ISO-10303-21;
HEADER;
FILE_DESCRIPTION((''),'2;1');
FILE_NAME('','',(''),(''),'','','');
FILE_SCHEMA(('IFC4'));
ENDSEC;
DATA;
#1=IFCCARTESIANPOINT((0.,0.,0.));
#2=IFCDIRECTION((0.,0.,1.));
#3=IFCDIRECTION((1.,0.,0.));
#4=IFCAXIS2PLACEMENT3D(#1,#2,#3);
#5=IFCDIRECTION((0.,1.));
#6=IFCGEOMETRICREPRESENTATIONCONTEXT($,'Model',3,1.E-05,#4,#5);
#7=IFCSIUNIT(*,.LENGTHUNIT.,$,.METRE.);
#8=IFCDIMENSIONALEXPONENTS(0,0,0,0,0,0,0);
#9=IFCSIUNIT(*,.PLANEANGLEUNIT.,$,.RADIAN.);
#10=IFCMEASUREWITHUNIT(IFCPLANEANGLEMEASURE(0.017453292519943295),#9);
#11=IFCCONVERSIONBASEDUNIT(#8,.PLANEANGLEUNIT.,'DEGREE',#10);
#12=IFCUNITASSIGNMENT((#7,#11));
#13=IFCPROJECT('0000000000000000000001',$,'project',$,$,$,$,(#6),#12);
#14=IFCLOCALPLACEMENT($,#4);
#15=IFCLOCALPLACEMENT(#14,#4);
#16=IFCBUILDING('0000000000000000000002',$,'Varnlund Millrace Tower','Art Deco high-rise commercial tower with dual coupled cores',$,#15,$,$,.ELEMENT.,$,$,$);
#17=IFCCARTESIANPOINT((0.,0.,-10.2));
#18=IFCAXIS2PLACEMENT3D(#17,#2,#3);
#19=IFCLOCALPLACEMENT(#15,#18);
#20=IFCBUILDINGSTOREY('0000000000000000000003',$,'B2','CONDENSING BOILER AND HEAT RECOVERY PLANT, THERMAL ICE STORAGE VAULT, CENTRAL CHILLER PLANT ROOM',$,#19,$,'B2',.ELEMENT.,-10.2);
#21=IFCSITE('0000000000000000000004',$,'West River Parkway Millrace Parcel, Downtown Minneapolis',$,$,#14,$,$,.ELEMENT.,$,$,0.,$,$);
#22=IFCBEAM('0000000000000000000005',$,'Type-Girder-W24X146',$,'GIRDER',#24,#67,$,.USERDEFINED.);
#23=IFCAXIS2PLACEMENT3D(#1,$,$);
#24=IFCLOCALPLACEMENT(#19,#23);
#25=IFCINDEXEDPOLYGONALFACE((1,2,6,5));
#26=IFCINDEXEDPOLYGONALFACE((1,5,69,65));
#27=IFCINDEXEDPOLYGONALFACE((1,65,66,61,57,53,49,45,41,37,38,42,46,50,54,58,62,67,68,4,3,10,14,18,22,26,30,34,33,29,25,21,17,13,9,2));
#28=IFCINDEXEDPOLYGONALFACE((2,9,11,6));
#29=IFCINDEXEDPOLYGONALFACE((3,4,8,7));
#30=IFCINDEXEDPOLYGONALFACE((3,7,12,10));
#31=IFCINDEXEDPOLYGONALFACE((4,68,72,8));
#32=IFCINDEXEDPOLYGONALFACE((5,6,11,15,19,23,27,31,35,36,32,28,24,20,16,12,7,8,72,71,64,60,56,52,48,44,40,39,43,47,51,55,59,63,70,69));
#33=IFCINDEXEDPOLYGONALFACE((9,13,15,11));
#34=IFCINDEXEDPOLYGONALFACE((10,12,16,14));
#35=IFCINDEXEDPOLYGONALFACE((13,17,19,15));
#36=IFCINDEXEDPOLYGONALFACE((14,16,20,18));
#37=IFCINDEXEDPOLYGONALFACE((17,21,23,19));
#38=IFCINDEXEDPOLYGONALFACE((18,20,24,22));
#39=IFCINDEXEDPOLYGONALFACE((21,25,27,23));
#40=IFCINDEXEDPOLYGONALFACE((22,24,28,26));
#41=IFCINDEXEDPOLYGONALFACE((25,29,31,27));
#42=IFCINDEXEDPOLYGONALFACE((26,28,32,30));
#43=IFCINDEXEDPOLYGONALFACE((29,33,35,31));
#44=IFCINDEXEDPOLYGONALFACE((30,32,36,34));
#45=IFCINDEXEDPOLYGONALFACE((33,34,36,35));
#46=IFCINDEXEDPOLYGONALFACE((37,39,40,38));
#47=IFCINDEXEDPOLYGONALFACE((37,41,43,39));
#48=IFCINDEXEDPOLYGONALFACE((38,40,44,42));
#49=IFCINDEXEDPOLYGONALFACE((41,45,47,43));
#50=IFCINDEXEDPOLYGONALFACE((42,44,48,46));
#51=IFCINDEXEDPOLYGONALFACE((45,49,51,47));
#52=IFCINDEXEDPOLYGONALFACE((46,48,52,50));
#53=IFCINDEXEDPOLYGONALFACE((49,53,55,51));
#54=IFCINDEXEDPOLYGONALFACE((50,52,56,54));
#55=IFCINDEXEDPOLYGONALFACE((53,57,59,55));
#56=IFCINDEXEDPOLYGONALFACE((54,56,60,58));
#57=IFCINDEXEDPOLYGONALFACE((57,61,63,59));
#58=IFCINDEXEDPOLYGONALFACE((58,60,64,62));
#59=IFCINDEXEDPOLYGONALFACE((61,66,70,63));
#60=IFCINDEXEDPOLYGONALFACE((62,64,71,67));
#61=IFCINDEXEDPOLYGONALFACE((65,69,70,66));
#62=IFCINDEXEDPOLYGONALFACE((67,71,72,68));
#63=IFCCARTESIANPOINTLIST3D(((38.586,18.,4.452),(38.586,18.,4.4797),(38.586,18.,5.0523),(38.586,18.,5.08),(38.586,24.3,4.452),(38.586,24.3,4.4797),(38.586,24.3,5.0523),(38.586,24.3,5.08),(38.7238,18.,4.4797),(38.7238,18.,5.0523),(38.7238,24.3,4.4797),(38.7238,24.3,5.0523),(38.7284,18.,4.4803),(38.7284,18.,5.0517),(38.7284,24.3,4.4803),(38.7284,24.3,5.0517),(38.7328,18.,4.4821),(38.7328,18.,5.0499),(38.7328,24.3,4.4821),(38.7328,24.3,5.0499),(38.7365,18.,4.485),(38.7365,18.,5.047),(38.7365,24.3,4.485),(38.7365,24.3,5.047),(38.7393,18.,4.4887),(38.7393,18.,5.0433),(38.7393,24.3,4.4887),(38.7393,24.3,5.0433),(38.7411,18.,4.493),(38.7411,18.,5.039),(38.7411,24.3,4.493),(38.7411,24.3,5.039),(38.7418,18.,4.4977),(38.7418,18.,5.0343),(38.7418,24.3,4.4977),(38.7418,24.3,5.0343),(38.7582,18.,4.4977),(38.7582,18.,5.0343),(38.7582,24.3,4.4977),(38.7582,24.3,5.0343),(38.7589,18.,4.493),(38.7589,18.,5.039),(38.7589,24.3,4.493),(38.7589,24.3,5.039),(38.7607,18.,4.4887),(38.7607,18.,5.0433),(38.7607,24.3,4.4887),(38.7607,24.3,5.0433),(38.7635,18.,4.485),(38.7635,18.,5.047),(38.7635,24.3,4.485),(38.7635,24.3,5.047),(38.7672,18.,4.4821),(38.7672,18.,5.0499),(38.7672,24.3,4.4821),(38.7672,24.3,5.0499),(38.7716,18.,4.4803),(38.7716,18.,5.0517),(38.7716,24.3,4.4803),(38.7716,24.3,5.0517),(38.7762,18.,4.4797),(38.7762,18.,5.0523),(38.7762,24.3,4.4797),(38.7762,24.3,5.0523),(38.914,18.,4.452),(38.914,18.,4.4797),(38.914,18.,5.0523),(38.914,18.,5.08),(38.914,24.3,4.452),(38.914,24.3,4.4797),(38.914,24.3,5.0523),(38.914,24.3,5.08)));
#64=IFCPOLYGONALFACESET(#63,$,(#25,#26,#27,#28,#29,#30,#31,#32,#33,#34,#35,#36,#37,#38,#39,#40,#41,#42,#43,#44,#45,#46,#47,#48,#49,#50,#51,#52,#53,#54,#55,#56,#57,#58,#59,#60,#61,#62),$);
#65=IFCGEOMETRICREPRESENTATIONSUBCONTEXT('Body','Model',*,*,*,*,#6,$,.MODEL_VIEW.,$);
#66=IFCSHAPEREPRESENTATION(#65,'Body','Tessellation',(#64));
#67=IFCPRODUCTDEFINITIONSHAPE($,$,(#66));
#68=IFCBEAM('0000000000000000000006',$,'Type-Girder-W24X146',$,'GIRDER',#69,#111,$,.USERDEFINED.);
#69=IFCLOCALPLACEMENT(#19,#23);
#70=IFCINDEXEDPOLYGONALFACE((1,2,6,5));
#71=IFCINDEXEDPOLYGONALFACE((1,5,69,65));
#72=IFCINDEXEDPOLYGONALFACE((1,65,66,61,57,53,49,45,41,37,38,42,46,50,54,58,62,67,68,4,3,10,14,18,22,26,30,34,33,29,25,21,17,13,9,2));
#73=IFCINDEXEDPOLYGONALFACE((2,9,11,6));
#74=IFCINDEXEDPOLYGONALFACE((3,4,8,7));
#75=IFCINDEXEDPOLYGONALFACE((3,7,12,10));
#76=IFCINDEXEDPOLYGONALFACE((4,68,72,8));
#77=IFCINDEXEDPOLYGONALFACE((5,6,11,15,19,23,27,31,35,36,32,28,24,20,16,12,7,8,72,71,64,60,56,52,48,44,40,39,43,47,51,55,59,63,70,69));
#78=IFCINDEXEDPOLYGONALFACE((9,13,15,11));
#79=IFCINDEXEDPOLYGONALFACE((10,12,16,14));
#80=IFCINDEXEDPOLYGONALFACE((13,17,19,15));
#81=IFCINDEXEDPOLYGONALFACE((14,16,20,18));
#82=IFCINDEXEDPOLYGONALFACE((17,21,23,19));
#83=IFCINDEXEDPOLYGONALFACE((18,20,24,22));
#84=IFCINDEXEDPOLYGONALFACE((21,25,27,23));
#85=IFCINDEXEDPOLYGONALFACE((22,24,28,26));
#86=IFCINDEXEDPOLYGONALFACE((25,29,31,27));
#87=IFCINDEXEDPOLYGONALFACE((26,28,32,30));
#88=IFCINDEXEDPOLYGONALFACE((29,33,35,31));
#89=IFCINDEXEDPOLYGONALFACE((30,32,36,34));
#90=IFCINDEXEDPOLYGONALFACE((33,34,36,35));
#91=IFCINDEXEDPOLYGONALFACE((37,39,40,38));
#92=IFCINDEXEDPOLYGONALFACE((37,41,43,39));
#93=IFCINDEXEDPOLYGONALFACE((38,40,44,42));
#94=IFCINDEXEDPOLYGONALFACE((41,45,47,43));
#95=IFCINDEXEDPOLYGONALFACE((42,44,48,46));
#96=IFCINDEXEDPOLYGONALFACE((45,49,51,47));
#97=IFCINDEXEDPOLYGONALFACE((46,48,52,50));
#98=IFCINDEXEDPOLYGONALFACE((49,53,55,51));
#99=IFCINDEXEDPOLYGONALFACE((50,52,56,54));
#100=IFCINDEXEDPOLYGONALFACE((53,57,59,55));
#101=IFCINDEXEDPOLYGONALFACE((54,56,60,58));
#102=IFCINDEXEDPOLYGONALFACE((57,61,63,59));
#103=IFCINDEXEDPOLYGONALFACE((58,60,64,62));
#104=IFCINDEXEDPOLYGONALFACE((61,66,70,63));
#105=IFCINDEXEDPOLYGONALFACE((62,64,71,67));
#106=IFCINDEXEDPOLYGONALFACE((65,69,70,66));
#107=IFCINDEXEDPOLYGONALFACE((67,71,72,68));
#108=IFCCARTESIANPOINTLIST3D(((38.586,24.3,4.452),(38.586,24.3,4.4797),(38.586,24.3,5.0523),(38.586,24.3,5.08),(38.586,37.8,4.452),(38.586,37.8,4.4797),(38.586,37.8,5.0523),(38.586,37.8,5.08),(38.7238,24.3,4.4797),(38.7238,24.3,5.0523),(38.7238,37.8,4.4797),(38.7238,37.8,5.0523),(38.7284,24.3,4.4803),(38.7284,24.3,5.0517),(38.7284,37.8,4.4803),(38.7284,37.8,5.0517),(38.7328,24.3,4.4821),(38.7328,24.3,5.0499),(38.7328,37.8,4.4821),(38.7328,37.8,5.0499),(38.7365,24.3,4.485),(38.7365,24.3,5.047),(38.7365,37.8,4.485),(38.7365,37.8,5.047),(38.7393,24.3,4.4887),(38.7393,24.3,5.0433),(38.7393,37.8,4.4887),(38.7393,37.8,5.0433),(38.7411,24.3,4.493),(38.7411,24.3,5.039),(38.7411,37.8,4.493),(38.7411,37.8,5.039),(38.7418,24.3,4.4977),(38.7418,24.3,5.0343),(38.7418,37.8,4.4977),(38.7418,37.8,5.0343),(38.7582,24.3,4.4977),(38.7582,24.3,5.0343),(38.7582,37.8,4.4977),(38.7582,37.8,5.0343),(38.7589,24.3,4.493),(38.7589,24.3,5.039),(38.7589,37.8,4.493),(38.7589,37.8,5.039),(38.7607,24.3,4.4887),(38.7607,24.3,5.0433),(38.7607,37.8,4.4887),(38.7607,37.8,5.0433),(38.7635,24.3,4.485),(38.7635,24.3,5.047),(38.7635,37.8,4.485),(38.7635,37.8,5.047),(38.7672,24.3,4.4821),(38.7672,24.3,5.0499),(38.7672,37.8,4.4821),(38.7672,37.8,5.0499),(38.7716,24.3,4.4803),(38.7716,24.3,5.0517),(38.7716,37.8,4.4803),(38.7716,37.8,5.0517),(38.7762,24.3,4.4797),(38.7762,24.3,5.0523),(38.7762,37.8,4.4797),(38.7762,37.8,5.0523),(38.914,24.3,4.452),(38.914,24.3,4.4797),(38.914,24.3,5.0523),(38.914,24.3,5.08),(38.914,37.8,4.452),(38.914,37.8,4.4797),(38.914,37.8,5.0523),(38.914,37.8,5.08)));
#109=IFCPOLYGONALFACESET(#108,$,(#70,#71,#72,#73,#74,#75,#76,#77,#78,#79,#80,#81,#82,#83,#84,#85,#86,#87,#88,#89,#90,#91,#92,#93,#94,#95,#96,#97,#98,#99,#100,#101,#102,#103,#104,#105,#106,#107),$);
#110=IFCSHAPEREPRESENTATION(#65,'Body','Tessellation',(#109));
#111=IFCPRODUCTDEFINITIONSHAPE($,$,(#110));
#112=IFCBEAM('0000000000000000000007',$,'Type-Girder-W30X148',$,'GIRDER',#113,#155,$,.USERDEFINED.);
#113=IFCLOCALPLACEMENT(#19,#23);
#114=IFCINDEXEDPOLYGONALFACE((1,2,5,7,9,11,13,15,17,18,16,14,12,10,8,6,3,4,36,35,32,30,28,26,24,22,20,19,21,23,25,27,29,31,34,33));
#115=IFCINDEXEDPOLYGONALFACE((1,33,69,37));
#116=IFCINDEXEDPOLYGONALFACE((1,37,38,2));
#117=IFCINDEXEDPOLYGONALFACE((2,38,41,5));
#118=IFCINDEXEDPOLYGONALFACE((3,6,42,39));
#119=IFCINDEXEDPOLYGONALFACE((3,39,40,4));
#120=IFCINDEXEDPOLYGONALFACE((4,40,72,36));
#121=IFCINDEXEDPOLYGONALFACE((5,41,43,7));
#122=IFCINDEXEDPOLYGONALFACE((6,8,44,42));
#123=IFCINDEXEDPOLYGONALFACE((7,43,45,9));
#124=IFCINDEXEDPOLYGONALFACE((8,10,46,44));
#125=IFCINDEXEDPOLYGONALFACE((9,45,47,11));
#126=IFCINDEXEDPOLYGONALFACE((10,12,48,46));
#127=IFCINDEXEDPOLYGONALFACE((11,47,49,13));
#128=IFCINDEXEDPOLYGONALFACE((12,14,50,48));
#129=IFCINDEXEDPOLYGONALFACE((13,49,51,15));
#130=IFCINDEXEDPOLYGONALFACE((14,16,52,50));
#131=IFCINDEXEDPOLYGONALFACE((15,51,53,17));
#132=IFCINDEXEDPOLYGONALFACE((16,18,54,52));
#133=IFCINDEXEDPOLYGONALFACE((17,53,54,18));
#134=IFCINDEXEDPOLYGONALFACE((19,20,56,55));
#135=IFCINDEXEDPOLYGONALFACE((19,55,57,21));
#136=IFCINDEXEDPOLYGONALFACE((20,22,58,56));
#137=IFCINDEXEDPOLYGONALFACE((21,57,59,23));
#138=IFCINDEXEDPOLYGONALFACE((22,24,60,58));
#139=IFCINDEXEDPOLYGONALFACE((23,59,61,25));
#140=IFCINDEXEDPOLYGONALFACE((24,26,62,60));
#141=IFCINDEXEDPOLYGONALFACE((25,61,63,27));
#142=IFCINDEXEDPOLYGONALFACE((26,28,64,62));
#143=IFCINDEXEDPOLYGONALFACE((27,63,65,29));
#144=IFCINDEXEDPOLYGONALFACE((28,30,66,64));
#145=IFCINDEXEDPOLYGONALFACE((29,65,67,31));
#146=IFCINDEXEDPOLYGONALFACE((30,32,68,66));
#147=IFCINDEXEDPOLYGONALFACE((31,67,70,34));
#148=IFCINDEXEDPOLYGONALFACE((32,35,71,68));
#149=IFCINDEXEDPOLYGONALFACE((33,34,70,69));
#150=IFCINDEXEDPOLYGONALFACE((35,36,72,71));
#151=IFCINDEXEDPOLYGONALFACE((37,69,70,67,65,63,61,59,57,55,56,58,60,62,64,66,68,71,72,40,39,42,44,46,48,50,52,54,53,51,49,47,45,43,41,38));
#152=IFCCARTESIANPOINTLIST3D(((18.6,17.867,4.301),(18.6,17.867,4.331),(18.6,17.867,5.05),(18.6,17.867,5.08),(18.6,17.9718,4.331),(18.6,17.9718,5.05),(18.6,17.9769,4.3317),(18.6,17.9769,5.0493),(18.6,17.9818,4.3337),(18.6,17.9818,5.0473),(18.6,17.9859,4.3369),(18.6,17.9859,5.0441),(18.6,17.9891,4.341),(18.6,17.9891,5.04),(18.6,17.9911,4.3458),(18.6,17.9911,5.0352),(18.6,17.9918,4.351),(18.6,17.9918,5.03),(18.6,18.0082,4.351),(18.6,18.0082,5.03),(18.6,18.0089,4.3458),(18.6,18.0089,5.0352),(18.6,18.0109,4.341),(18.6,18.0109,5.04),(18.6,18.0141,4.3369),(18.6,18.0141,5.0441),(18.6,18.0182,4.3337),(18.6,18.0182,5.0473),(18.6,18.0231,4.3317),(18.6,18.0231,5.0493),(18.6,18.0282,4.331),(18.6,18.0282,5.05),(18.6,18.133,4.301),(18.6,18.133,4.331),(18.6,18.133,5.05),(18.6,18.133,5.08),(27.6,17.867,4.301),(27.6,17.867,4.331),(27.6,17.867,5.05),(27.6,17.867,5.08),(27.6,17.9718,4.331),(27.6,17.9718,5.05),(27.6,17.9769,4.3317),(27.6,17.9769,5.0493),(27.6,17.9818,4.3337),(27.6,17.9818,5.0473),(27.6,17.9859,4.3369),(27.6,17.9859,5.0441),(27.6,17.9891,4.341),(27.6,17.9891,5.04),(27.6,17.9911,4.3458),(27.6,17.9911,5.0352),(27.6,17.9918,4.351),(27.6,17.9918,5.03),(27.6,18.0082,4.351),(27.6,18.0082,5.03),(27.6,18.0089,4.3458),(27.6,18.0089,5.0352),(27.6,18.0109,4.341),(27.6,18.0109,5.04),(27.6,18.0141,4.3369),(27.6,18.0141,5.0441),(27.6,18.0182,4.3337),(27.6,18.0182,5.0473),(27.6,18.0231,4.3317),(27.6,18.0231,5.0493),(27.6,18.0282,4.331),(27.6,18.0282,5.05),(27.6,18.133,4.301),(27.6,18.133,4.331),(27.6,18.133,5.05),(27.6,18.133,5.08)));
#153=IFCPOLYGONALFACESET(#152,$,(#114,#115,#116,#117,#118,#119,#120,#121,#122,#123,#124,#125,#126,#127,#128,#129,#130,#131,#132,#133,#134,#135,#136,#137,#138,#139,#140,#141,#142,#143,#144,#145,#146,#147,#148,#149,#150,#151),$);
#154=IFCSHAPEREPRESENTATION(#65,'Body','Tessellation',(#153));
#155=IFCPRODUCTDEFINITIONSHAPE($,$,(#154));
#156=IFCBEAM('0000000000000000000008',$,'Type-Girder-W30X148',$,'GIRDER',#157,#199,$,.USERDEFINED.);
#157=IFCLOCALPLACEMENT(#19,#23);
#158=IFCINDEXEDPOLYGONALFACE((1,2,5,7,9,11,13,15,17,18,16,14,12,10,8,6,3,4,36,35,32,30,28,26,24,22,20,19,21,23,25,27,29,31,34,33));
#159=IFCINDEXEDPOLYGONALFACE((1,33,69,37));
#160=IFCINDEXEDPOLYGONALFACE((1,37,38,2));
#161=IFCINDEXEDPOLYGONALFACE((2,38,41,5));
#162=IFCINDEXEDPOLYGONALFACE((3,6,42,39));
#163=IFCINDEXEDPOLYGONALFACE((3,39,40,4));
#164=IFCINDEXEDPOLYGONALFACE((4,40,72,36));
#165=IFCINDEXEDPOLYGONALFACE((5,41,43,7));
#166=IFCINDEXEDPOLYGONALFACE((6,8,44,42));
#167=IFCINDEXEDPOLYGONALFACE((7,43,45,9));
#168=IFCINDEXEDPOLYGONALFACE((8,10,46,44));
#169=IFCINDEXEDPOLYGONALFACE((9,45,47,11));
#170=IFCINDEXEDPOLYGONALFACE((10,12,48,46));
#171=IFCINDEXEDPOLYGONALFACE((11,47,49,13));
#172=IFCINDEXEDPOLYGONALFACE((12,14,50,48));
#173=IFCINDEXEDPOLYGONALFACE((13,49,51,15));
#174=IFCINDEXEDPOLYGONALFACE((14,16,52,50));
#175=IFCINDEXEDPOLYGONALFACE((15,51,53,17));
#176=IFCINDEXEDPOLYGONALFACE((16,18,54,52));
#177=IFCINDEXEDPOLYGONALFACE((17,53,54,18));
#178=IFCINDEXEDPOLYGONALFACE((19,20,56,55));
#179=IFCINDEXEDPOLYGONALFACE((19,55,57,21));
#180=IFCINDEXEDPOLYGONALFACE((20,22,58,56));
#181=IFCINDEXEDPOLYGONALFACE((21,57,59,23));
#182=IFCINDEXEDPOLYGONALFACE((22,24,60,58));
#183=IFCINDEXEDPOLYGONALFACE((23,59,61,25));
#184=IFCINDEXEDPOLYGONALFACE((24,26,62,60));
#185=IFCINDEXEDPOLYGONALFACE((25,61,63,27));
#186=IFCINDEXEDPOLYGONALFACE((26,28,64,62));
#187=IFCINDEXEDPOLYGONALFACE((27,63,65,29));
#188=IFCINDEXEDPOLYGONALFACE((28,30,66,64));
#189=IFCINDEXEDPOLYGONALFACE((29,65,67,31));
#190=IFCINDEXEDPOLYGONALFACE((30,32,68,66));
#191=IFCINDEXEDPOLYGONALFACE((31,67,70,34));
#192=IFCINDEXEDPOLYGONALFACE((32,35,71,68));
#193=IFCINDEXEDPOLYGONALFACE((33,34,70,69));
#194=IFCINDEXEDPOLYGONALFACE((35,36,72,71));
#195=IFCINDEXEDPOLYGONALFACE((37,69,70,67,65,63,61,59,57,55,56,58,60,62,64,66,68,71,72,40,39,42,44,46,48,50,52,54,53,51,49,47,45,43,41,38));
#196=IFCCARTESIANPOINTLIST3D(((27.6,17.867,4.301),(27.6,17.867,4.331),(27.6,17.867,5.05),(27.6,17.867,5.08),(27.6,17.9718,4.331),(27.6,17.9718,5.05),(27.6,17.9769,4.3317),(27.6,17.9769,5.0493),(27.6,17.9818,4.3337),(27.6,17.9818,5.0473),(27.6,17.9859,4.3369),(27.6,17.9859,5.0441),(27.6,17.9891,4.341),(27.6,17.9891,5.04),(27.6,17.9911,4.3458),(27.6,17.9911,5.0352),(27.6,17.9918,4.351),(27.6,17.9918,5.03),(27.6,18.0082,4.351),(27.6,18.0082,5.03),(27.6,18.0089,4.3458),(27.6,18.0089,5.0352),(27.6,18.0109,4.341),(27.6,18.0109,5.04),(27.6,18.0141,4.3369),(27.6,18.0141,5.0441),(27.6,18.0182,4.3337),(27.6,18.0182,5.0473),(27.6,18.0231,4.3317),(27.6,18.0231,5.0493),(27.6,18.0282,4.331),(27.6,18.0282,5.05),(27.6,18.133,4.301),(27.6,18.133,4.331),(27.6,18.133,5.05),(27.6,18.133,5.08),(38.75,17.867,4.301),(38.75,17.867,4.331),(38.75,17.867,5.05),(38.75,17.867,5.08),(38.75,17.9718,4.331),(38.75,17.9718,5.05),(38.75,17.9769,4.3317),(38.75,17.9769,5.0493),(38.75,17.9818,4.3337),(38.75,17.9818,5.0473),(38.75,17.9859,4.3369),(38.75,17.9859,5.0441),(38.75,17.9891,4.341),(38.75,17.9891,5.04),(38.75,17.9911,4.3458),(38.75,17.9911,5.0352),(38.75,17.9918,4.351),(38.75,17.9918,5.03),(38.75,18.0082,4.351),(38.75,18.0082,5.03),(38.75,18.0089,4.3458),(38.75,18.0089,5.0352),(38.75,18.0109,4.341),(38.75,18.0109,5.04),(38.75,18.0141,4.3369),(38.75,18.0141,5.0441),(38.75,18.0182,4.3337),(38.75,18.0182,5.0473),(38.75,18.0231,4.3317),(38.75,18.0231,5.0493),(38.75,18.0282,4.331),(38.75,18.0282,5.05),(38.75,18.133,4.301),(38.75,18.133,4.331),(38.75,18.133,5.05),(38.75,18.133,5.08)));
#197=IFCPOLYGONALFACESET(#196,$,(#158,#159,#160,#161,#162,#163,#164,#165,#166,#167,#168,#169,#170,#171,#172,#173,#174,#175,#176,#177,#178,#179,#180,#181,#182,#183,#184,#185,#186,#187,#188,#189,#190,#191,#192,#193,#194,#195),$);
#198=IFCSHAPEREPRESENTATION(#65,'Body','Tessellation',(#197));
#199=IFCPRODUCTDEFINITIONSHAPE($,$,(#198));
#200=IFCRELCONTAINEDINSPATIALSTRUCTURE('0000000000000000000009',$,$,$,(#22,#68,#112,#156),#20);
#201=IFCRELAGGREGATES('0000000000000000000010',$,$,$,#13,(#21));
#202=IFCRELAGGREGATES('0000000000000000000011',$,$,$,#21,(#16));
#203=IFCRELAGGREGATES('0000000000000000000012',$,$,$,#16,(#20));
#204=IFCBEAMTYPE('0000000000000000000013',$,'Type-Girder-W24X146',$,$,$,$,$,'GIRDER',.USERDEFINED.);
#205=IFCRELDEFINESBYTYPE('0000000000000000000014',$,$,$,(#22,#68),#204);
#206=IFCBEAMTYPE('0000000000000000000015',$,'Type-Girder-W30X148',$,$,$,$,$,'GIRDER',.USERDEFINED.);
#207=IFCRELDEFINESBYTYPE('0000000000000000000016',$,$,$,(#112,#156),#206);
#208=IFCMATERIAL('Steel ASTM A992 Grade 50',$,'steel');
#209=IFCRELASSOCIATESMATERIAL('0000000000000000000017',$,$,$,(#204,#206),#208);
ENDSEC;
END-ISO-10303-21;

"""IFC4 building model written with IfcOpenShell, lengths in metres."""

from ifc_helpers import new_model, entity, si_unit, converted_unit, direction, frame, origin_with_axes, origin_2d_with_axis, place, context, subcontext, project, spatial, i_section, extrude, material, material_profile, profile_set, type_object, element, save


model = new_model("IFC4")

# Units and contexts
model_context = context("Model", 3, precision=1e-05, world=origin_with_axes(), true_north=direction((0.0, 1.0)))
body_context = subcontext(model_context, "Body", "Model", "MODEL_VIEW")
ifc_project = project(units=[si_unit("LENGTHUNIT", "METRE"), converted_unit("PLANEANGLEUNIT", "DEGREE", entity("IfcPlaneAngleMeasure", 0.017453292519943295), si_unit("PLANEANGLEUNIT", "RADIAN"), dimensions=[0, 0, 0, 0, 0, 0, 0])], contexts=[model_context])

# Site, building, storey
site_placement = place(None, origin_with_axes())
site = spatial("IfcSite", under=ifc_project, at=site_placement, Name="West River Parkway Millrace Parcel, Downtown Minneapolis", CompositionType="ELEMENT", RefElevation=0.0)
building_placement = place(site_placement, origin_with_axes())
building = spatial("IfcBuilding", under=site, at=building_placement, Name="Varnlund Millrace Tower", Description="Art Deco high-rise commercial tower with dual coupled cores", CompositionType="ELEMENT")
storey_placement = place(building_placement, frame((0.0, 0.0, -10.2), z_axis=(0.0, 0.0, 1.0), x_axis=(1.0, 0.0, 0.0)))
storey = spatial("IfcBuildingStorey", under=building, at=storey_placement, Name="B2", Description="CONDENSING BOILER AND HEAT RECOVERY PLANT, THERMAL ICE STORAGE VAULT, CENTRAL CHILLER PLANT ROOM", LongName="B2", CompositionType="ELEMENT", Elevation=-10.2)

# Beams
ifc_material_1 = material(Name="Steel ASTM A992 Grade 50", Category="steel")
ifc_material_profile_1 = material_profile(ifc_material_1, i_section(OverallWidth=0.328, OverallDepth=0.628, WebThickness=0.0165, FlangeThickness=0.0277, FilletRadius=0.018, at=origin_2d_with_axis()), Name="Steel ASTM A992 Grade 50")
ifc_profile_set_1 = profile_set([ifc_material_profile_1], Name="Steel ASTM A992 Grade 50")
beam_type_1 = type_object("IfcBeamType", Name="Type-Girder-W24X146", ElementType="GIRDER", PredefinedType="USERDEFINED", material=ifc_profile_set_1)
beam_1_placement = place(storey_placement, frame((38.75, 18.0, 4.766), z_axis=(0.0, 1.0, 0.0), x_axis=(-1.0, 0.0, 0.0)))
element("IfcBeam", 1, at=beam_1_placement, inside=storey, type_object=beam_type_1, Name="Type-Girder-W24X146", ObjectType="GIRDER", PredefinedType="USERDEFINED", context=body_context, shape_type="SweptSolid", body=[
    extrude(i_section(OverallWidth=0.328, OverallDepth=0.628, WebThickness=0.0165, FlangeThickness=0.0277, FilletRadius=0.018, at=origin_2d_with_axis()), origin_with_axes(), (0.0, 0.0, 1.0), 6.3),
])
beam_2_placement = place(storey_placement, frame((38.75, 24.3, 4.766), z_axis=(0.0, 1.0, 0.0), x_axis=(-1.0, 0.0, 0.0)))
element("IfcBeam", 2, at=beam_2_placement, inside=storey, type_object=beam_type_1, Name="Type-Girder-W24X146", ObjectType="GIRDER", PredefinedType="USERDEFINED", context=body_context, shape_type="SweptSolid", body=[
    extrude(i_section(OverallWidth=0.328, OverallDepth=0.628, WebThickness=0.0165, FlangeThickness=0.0277, FilletRadius=0.018, at=origin_2d_with_axis()), origin_with_axes(), (0.0, 0.0, 1.0), 13.5),
])
ifc_material_profile_2 = material_profile(ifc_material_1, i_section(OverallWidth=0.266, OverallDepth=0.779, WebThickness=0.0165, FlangeThickness=0.03, FilletRadius=0.02, at=origin_2d_with_axis()), Name="Steel ASTM A992 Grade 50")
ifc_profile_set_2 = profile_set([ifc_material_profile_2], Name="Steel ASTM A992 Grade 50")
beam_type_2 = type_object("IfcBeamType", Name="Type-Girder-W30X148", ElementType="GIRDER", PredefinedType="USERDEFINED", material=ifc_profile_set_2)
beam_3_placement = place(storey_placement, frame((18.6, 18.0, 4.6905), z_axis=(1.0, 0.0, 0.0), x_axis=(0.0, 1.0, 0.0)))
element("IfcBeam", 3, at=beam_3_placement, inside=storey, type_object=beam_type_2, Name="Type-Girder-W30X148", ObjectType="GIRDER", PredefinedType="USERDEFINED", context=body_context, shape_type="SweptSolid", body=[
    extrude(i_section(OverallWidth=0.266, OverallDepth=0.779, WebThickness=0.0165, FlangeThickness=0.03, FilletRadius=0.02, at=origin_2d_with_axis()), origin_with_axes(), (0.0, 0.0, 1.0), 9.0),
])
beam_4_placement = place(storey_placement, frame((27.6, 18.0, 4.6905), z_axis=(1.0, 0.0, 0.0), x_axis=(0.0, 1.0, 0.0)))
element("IfcBeam", 4, at=beam_4_placement, inside=storey, type_object=beam_type_2, Name="Type-Girder-W30X148", ObjectType="GIRDER", PredefinedType="USERDEFINED", context=body_context, shape_type="SweptSolid", body=[
    extrude(i_section(OverallWidth=0.266, OverallDepth=0.779, WebThickness=0.0165, FlangeThickness=0.03, FilletRadius=0.02, at=origin_2d_with_axis()), origin_with_axes(), (0.0, 0.0, 1.0), 11.15),
])

save(model, "model.ifc")
